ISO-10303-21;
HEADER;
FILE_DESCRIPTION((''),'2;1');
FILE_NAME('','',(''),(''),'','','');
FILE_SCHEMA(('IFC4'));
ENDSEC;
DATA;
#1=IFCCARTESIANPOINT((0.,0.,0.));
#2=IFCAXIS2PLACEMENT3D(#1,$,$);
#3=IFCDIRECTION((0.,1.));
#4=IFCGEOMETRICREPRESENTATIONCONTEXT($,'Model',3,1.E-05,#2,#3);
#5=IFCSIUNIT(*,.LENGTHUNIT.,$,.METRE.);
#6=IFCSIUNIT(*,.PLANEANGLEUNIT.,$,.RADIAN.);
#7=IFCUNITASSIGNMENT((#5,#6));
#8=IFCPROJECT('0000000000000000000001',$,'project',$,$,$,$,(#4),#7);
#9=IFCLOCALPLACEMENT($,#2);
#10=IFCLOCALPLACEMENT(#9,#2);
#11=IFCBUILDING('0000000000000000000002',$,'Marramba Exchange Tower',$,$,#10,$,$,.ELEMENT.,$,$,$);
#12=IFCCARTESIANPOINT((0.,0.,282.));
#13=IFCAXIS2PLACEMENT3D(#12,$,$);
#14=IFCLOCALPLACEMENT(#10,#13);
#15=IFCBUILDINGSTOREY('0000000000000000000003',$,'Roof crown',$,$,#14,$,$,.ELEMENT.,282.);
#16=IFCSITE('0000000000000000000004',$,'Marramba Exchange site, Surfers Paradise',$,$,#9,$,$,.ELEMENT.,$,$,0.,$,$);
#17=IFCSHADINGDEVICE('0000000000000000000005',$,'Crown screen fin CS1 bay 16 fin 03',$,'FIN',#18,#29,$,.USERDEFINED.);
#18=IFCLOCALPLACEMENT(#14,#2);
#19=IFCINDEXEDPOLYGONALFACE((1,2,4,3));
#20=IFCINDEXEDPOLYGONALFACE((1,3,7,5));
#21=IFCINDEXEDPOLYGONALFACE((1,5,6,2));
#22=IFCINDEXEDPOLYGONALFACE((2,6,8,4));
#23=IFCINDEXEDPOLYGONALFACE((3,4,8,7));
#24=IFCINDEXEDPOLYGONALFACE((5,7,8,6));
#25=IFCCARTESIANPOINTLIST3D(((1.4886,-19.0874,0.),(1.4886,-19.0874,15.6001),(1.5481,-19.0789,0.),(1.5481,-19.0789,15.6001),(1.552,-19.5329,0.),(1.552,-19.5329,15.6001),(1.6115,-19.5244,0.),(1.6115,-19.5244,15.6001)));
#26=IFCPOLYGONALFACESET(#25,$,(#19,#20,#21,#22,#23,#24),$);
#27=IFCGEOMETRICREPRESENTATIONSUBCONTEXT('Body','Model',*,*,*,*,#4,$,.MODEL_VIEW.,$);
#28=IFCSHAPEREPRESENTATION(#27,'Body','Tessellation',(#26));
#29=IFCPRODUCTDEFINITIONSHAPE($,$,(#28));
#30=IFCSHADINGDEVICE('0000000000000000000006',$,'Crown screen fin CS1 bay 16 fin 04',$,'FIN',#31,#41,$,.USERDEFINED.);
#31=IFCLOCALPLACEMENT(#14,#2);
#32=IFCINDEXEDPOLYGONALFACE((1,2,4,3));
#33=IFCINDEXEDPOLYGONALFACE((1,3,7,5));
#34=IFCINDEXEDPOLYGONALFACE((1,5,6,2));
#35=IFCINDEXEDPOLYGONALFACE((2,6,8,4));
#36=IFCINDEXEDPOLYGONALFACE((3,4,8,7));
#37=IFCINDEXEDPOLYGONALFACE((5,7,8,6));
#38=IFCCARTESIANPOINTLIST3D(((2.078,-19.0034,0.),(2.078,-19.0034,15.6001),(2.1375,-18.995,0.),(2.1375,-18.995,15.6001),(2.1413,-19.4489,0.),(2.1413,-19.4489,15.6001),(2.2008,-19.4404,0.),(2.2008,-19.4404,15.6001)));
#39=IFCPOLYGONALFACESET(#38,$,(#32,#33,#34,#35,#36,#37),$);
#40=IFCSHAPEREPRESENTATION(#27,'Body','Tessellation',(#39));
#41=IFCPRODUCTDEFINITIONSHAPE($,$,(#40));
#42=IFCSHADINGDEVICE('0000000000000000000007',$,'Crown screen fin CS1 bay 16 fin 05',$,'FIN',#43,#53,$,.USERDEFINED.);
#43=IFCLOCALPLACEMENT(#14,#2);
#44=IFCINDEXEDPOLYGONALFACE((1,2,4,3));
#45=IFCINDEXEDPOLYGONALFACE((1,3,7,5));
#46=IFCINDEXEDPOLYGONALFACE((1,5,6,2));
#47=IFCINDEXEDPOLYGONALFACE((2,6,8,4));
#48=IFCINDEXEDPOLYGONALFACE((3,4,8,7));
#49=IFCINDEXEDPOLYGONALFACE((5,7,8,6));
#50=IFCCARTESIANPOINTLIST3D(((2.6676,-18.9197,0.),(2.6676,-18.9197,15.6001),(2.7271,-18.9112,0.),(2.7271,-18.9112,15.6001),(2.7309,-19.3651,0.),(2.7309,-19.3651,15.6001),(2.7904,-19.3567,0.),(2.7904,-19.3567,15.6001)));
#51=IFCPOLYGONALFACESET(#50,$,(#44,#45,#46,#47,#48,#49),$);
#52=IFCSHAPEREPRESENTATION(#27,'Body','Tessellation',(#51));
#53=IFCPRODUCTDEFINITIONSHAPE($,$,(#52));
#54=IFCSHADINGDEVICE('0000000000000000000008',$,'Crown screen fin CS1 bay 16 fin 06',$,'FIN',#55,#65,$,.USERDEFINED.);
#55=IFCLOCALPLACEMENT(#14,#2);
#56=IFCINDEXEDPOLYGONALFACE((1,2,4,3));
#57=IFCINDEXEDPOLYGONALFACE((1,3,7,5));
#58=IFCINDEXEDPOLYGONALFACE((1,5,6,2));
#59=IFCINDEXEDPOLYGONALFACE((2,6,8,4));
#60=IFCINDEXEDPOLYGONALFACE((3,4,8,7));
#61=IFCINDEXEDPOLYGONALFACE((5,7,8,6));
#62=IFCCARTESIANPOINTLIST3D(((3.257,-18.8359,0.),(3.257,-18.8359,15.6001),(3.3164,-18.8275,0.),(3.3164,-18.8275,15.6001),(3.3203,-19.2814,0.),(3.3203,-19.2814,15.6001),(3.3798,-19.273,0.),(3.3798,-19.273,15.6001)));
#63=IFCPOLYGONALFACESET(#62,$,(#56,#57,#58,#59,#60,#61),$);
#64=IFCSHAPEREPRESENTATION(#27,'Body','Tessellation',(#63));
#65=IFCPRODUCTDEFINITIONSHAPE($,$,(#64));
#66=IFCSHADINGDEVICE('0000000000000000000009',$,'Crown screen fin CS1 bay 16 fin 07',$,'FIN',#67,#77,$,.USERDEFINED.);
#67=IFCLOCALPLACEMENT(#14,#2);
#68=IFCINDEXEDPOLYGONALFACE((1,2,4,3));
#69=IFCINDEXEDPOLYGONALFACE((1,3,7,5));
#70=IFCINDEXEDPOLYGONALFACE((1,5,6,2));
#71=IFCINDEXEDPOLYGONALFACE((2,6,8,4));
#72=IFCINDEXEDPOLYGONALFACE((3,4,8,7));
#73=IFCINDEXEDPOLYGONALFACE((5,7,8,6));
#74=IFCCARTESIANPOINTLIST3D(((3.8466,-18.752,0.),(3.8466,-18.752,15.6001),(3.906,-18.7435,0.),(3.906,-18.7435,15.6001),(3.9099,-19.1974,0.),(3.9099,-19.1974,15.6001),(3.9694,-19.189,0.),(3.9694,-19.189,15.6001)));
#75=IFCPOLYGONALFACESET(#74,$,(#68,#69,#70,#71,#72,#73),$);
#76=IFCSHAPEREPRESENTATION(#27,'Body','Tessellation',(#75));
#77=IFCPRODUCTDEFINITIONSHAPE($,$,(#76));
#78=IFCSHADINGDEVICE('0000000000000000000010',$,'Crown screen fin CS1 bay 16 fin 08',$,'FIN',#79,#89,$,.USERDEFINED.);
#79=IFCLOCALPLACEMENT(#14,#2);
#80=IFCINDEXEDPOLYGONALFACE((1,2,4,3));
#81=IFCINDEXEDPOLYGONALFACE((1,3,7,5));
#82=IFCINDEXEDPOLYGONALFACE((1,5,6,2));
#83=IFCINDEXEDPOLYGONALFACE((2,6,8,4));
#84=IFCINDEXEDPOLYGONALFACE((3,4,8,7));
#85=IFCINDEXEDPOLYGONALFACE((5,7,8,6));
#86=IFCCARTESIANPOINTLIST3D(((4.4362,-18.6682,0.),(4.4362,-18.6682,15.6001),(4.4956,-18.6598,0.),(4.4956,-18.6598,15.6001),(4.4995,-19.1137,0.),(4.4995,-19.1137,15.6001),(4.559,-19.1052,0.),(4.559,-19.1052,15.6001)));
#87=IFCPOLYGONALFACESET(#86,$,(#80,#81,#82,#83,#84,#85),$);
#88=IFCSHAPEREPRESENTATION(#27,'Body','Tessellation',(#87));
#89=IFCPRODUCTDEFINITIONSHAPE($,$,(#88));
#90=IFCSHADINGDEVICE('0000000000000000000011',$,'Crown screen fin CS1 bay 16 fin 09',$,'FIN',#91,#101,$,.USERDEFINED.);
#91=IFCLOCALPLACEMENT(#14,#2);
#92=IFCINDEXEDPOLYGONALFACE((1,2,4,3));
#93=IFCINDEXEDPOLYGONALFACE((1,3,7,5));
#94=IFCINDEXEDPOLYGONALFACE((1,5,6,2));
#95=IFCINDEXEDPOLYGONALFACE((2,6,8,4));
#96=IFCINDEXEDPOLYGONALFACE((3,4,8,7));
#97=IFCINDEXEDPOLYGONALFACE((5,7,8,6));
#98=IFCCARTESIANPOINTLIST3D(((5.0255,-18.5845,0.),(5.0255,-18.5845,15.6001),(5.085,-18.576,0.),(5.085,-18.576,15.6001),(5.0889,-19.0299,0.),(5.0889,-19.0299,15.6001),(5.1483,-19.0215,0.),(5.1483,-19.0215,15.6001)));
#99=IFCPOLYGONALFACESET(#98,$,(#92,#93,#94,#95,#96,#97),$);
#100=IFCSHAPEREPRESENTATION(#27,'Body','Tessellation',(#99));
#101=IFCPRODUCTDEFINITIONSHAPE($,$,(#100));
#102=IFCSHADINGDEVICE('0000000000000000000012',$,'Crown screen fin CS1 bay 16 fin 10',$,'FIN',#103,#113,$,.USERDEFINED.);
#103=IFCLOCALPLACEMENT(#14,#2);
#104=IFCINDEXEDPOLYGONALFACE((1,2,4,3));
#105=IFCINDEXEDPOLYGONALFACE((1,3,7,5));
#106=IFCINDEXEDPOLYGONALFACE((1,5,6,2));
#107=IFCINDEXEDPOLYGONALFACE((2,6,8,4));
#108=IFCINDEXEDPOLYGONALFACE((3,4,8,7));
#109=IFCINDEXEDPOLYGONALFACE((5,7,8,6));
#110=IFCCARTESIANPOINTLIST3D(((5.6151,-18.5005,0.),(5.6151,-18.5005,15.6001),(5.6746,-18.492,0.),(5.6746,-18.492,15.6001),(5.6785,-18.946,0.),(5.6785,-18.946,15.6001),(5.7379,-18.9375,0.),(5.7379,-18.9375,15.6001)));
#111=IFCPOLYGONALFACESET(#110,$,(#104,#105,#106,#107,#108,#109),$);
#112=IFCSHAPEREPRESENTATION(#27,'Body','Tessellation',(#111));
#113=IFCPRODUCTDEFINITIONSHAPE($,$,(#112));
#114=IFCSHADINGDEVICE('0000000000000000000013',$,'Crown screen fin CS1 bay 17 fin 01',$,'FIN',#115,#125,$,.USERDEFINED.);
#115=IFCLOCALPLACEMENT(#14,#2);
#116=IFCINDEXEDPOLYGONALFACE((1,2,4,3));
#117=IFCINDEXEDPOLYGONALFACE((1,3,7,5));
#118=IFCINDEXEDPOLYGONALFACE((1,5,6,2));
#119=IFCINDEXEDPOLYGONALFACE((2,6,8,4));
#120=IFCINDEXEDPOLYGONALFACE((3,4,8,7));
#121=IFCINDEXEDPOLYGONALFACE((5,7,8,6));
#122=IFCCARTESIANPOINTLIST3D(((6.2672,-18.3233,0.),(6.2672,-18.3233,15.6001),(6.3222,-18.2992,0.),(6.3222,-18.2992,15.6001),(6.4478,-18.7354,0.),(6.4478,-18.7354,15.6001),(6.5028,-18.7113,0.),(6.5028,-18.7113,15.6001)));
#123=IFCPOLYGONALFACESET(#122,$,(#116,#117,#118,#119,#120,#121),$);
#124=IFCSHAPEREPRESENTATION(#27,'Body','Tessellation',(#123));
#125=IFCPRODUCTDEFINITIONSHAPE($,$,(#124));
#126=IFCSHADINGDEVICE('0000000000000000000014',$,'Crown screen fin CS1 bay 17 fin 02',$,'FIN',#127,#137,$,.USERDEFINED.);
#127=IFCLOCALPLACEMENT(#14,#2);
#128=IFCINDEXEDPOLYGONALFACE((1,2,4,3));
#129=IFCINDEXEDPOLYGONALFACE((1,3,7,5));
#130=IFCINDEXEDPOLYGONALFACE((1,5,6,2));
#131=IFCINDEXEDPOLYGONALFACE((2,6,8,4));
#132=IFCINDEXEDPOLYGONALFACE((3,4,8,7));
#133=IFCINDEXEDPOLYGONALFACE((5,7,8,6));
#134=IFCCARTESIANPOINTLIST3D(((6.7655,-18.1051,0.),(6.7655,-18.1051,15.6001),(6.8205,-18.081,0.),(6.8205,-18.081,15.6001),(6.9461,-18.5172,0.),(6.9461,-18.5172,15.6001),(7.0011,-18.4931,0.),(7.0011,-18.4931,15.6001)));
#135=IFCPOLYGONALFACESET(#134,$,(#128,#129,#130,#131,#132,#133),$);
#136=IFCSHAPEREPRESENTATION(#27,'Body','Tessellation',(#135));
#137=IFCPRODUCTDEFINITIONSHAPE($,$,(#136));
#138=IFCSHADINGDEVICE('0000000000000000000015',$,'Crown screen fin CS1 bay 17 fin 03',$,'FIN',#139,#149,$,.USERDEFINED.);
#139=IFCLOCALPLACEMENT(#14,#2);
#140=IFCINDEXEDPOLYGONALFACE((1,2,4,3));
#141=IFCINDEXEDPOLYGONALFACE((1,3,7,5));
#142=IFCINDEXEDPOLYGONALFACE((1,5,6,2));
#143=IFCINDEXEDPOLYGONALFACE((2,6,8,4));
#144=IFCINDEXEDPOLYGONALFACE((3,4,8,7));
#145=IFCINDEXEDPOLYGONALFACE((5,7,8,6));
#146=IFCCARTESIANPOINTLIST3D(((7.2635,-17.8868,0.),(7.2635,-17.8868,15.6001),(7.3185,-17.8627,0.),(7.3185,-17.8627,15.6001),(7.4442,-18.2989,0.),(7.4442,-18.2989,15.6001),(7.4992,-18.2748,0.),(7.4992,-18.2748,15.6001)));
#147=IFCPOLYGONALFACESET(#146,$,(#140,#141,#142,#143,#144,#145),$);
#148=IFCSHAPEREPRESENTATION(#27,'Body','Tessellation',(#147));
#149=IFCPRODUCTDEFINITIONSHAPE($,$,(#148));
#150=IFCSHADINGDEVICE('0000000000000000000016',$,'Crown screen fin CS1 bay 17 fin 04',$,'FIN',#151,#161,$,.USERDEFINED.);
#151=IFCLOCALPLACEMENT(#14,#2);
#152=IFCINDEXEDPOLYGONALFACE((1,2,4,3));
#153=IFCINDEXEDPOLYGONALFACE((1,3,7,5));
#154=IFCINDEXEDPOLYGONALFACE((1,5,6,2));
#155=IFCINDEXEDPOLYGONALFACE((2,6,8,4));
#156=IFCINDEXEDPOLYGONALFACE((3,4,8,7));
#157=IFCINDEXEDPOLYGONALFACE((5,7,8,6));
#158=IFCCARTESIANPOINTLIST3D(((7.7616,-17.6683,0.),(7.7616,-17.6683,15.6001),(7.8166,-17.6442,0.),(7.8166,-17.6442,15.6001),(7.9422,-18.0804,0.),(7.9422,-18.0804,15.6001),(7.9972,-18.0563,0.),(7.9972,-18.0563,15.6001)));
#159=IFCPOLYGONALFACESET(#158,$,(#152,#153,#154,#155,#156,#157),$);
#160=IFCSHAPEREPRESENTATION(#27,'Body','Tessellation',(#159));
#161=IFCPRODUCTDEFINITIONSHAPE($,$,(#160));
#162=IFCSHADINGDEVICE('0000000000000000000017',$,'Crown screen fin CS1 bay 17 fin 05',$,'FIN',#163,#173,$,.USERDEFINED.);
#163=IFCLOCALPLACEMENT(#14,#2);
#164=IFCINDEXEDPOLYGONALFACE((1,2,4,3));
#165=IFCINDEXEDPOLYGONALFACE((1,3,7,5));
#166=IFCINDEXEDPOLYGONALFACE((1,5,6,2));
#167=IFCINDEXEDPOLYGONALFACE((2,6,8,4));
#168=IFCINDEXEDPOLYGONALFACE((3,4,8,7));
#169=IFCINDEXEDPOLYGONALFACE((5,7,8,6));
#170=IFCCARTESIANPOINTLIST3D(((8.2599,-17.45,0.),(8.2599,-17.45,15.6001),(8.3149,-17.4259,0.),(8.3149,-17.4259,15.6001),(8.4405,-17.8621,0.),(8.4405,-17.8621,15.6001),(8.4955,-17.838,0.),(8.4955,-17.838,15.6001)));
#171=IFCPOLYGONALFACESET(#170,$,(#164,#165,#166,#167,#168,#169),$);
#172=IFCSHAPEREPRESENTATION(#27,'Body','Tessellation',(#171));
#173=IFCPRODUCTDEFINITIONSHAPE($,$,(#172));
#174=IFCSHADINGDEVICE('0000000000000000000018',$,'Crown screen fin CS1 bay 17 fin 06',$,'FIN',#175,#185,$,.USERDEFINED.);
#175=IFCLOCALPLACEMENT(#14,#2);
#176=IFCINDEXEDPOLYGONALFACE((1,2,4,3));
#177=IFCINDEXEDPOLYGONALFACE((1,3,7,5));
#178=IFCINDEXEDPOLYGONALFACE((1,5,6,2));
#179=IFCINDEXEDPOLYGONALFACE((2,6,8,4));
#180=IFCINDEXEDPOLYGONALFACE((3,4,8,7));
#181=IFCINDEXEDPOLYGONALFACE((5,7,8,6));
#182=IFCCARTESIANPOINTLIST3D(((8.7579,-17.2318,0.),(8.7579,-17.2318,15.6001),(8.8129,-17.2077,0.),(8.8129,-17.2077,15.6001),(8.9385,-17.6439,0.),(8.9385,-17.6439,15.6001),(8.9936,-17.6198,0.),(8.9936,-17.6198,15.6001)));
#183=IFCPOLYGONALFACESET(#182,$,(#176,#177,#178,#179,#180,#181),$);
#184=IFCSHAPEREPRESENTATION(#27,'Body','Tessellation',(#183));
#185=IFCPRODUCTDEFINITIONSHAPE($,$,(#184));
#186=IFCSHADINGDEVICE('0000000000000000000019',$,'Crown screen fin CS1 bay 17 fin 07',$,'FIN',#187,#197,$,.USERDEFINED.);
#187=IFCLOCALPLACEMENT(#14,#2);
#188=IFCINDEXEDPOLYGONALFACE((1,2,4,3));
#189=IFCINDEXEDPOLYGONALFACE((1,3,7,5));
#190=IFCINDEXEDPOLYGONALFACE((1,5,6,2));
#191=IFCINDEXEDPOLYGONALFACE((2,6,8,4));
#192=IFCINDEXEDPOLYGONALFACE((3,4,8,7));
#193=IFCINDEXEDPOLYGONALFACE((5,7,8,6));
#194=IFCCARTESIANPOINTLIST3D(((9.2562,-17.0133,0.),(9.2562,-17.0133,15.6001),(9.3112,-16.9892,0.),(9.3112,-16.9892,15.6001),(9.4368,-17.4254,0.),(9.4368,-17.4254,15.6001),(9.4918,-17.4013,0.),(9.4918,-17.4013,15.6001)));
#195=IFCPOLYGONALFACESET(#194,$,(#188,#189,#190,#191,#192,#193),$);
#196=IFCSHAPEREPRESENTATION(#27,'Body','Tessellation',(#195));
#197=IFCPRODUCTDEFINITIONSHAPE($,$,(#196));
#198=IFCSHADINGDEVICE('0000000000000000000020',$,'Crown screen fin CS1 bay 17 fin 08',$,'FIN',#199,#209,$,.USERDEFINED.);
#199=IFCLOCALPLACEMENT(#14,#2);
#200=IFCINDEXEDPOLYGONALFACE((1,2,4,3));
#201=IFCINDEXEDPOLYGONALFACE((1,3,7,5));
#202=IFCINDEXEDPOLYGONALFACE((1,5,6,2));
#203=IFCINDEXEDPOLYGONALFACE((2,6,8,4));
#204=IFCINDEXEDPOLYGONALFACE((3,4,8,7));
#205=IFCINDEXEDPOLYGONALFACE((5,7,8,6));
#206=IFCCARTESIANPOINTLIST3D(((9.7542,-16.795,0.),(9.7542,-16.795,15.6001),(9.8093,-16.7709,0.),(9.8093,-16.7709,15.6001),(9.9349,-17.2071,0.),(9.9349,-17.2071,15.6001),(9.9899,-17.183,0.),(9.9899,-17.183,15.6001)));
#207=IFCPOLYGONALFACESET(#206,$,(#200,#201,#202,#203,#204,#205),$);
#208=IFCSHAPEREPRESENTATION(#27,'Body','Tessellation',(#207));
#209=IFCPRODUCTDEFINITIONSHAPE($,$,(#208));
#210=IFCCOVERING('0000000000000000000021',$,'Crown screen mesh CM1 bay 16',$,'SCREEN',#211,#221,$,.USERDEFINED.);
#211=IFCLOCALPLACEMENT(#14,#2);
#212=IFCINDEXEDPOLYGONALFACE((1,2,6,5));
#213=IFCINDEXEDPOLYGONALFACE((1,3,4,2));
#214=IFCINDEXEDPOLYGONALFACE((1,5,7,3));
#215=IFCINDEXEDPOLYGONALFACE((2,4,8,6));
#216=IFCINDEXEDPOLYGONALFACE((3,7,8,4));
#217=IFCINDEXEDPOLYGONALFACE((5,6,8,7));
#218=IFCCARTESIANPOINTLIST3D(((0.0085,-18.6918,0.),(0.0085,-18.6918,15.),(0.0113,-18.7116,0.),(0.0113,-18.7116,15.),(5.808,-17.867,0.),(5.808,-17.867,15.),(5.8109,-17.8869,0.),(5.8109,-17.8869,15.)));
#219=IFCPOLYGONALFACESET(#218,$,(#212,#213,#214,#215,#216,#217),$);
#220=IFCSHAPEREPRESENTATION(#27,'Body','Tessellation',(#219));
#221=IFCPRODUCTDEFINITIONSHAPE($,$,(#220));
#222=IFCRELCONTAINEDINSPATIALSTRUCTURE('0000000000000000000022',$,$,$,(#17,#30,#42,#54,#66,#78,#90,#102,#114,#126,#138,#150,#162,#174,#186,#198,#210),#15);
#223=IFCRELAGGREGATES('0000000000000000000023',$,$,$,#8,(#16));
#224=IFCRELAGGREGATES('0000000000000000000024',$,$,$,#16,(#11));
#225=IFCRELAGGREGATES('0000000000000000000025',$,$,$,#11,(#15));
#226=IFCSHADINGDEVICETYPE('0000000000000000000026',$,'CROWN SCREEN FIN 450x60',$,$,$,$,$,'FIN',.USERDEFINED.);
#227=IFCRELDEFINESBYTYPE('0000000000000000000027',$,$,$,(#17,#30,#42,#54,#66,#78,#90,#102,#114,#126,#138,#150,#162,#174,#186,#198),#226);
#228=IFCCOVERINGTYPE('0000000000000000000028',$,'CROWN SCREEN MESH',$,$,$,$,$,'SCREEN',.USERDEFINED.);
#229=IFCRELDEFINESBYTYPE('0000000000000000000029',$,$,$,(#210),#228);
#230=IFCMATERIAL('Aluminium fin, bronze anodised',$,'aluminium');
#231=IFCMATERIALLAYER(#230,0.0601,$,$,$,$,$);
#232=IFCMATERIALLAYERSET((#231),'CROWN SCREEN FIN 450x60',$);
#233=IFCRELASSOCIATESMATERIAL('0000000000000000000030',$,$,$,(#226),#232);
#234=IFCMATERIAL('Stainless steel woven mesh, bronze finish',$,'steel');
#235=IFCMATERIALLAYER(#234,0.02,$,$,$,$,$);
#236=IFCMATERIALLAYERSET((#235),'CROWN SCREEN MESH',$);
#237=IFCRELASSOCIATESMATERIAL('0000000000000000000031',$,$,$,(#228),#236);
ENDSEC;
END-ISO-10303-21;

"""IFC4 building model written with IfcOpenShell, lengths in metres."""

from ifc_helpers import new_model, si_unit, direction, frame, origin, origin_2d, place, context, subcontext, project, spatial, rectangle, extrude, material, layer, layer_set, type_object, element, save


model = new_model("IFC4")

# Units and contexts
model_context = context("Model", 3, precision=1e-05, world=origin(), true_north=direction((0.0, 1.0)))
body_context = subcontext(model_context, "Body", "Model", "MODEL_VIEW")
ifc_project = project(units=[si_unit("LENGTHUNIT", "METRE"), si_unit("PLANEANGLEUNIT", "RADIAN")], contexts=[model_context])

# Site, building, storey
site_placement = place(None, origin())
site = spatial("IfcSite", under=ifc_project, at=site_placement, Name="Marramba Exchange site, Surfers Paradise", CompositionType="ELEMENT", RefElevation=0.0)
building_placement = place(site_placement, origin())
building = spatial("IfcBuilding", under=site, at=building_placement, Name="Marramba Exchange Tower", CompositionType="ELEMENT")
storey_placement = place(building_placement, frame((0.0, 0.0, 282.0)))
storey = spatial("IfcBuildingStorey", under=building, at=storey_placement, Name="Roof crown", CompositionType="ELEMENT", Elevation=282.0)

# Shading devices
ifc_material_1 = material(Name="Aluminium fin, bronze anodised", Category="aluminium")
ifc_layer_1 = layer(ifc_material_1, 0.0601)
ifc_layer_set_1 = layer_set([ifc_layer_1], Name="CROWN SCREEN FIN 450x60")
shading_device_type = type_object("IfcShadingDeviceType", Name="CROWN SCREEN FIN 450x60", ElementType="FIN", PredefinedType="USERDEFINED", material=ifc_layer_set_1)
for number, where, z_axis, x_axis, name in (
    (1, (1.55, -19.3059, 0.0), (0.0, 0.0, 1.0), (0.140789, -0.99004, 0.0), "Crown screen fin CS1 bay 16 fin 03"),
    (2, (2.1394, -19.2219, 0.0), (0.0, 0.0, 1.0), (0.140789, -0.99004, 0.0), "Crown screen fin CS1 bay 16 fin 04"),
    (3, (2.729, -19.1382, 0.0), (0.0, 0.0, 1.0), (0.140789, -0.99004, 0.0), "Crown screen fin CS1 bay 16 fin 05"),
    (4, (3.3184, -19.0544, 0.0), (0.0, 0.0, 1.0), (0.140789, -0.99004, 0.0), "Crown screen fin CS1 bay 16 fin 06"),
    (5, (3.908, -18.9705, 0.0), (0.0, 0.0, 1.0), (0.140789, -0.99004, 0.0), "Crown screen fin CS1 bay 16 fin 07"),
    (6, (4.4976, -18.8867, 0.0), (0.0, 0.0, 1.0), (0.140789, -0.99004, 0.0), "Crown screen fin CS1 bay 16 fin 08"),
    (7, (5.0869, -18.803, 0.0), (0.0, 0.0, 1.0), (0.140789, -0.99004, 0.0), "Crown screen fin CS1 bay 16 fin 09"),
    (8, (5.6765, -18.719, 0.0), (0.0, 0.0, 1.0), (0.140789, -0.99004, 0.0), "Crown screen fin CS1 bay 16 fin 10"),
    (9, (6.385, -18.5173, 0.0), (0.0, 0.0, 1.0), (0.401466, -0.915874, 0.0), "Crown screen fin CS1 bay 17 fin 01"),
    (10, (6.8833, -18.2991, 0.0), (0.0, 0.0, 1.0), (0.401466, -0.915874, 0.0), "Crown screen fin CS1 bay 17 fin 02"),
    (11, (7.3813, -18.0808, 0.0), (0.0, 0.0, 1.0), (0.401466, -0.915874, 0.0), "Crown screen fin CS1 bay 17 fin 03"),
    (12, (7.8794, -17.8623, 0.0), (0.0, 0.0, 1.0), (0.401466, -0.915874, 0.0), "Crown screen fin CS1 bay 17 fin 04"),
    (13, (8.3777, -17.644, 0.0), (0.0, 0.0, 1.0), (0.401466, -0.915874, 0.0), "Crown screen fin CS1 bay 17 fin 05"),
    (14, (8.8757, -17.4258, 0.0), (0.0, 0.0, 1.0), (0.401466, -0.915874, 0.0), "Crown screen fin CS1 bay 17 fin 06"),
    (15, (9.374, -17.2073, 0.0), (0.0, 0.0, 1.0), (0.401466, -0.915874, 0.0), "Crown screen fin CS1 bay 17 fin 07"),
    (16, (9.8721, -16.989, 0.0), (0.0, 0.0, 1.0), (0.401466, -0.915874, 0.0), "Crown screen fin CS1 bay 17 fin 08"),
):
    element("IfcShadingDevice", number, at=place(storey_placement, frame(where, z_axis=z_axis, x_axis=x_axis)), inside=storey, type_object=shading_device_type, Name=name, ObjectType="FIN", PredefinedType="USERDEFINED", context=body_context, shape_type="SweptSolid", body=[
        extrude(rectangle(XDim=0.45, YDim=0.0601, at=origin_2d()), origin(), (0.0, 0.0, 1.0), 15.6001),
    ])

# Covering
ifc_material_2 = material(Name="Stainless steel woven mesh, bronze finish", Category="steel")
ifc_layer_2 = layer(ifc_material_2, 0.02)
ifc_layer_set_2 = layer_set([ifc_layer_2], Name="CROWN SCREEN MESH")
covering_type = type_object("IfcCoveringType", Name="CROWN SCREEN MESH", ElementType="SCREEN", PredefinedType="USERDEFINED", material=ifc_layer_set_2)
covering_placement = place(storey_placement, frame((2.9097, -18.2893, 0.0), z_axis=(0.0, 0.0, 1.0), x_axis=(0.99004, 0.140789, 0.0)))
element("IfcCovering", 17, at=covering_placement, inside=storey, type_object=covering_type, Name="Crown screen mesh CM1 bay 16", ObjectType="SCREEN", PredefinedType="USERDEFINED", context=body_context, shape_type="SweptSolid", body=[
    extrude(rectangle(XDim=5.8579, YDim=0.02, at=origin_2d()), origin(), (0.0, 0.0, 1.0), 15.0),
])

save(model, "model.ifc")
